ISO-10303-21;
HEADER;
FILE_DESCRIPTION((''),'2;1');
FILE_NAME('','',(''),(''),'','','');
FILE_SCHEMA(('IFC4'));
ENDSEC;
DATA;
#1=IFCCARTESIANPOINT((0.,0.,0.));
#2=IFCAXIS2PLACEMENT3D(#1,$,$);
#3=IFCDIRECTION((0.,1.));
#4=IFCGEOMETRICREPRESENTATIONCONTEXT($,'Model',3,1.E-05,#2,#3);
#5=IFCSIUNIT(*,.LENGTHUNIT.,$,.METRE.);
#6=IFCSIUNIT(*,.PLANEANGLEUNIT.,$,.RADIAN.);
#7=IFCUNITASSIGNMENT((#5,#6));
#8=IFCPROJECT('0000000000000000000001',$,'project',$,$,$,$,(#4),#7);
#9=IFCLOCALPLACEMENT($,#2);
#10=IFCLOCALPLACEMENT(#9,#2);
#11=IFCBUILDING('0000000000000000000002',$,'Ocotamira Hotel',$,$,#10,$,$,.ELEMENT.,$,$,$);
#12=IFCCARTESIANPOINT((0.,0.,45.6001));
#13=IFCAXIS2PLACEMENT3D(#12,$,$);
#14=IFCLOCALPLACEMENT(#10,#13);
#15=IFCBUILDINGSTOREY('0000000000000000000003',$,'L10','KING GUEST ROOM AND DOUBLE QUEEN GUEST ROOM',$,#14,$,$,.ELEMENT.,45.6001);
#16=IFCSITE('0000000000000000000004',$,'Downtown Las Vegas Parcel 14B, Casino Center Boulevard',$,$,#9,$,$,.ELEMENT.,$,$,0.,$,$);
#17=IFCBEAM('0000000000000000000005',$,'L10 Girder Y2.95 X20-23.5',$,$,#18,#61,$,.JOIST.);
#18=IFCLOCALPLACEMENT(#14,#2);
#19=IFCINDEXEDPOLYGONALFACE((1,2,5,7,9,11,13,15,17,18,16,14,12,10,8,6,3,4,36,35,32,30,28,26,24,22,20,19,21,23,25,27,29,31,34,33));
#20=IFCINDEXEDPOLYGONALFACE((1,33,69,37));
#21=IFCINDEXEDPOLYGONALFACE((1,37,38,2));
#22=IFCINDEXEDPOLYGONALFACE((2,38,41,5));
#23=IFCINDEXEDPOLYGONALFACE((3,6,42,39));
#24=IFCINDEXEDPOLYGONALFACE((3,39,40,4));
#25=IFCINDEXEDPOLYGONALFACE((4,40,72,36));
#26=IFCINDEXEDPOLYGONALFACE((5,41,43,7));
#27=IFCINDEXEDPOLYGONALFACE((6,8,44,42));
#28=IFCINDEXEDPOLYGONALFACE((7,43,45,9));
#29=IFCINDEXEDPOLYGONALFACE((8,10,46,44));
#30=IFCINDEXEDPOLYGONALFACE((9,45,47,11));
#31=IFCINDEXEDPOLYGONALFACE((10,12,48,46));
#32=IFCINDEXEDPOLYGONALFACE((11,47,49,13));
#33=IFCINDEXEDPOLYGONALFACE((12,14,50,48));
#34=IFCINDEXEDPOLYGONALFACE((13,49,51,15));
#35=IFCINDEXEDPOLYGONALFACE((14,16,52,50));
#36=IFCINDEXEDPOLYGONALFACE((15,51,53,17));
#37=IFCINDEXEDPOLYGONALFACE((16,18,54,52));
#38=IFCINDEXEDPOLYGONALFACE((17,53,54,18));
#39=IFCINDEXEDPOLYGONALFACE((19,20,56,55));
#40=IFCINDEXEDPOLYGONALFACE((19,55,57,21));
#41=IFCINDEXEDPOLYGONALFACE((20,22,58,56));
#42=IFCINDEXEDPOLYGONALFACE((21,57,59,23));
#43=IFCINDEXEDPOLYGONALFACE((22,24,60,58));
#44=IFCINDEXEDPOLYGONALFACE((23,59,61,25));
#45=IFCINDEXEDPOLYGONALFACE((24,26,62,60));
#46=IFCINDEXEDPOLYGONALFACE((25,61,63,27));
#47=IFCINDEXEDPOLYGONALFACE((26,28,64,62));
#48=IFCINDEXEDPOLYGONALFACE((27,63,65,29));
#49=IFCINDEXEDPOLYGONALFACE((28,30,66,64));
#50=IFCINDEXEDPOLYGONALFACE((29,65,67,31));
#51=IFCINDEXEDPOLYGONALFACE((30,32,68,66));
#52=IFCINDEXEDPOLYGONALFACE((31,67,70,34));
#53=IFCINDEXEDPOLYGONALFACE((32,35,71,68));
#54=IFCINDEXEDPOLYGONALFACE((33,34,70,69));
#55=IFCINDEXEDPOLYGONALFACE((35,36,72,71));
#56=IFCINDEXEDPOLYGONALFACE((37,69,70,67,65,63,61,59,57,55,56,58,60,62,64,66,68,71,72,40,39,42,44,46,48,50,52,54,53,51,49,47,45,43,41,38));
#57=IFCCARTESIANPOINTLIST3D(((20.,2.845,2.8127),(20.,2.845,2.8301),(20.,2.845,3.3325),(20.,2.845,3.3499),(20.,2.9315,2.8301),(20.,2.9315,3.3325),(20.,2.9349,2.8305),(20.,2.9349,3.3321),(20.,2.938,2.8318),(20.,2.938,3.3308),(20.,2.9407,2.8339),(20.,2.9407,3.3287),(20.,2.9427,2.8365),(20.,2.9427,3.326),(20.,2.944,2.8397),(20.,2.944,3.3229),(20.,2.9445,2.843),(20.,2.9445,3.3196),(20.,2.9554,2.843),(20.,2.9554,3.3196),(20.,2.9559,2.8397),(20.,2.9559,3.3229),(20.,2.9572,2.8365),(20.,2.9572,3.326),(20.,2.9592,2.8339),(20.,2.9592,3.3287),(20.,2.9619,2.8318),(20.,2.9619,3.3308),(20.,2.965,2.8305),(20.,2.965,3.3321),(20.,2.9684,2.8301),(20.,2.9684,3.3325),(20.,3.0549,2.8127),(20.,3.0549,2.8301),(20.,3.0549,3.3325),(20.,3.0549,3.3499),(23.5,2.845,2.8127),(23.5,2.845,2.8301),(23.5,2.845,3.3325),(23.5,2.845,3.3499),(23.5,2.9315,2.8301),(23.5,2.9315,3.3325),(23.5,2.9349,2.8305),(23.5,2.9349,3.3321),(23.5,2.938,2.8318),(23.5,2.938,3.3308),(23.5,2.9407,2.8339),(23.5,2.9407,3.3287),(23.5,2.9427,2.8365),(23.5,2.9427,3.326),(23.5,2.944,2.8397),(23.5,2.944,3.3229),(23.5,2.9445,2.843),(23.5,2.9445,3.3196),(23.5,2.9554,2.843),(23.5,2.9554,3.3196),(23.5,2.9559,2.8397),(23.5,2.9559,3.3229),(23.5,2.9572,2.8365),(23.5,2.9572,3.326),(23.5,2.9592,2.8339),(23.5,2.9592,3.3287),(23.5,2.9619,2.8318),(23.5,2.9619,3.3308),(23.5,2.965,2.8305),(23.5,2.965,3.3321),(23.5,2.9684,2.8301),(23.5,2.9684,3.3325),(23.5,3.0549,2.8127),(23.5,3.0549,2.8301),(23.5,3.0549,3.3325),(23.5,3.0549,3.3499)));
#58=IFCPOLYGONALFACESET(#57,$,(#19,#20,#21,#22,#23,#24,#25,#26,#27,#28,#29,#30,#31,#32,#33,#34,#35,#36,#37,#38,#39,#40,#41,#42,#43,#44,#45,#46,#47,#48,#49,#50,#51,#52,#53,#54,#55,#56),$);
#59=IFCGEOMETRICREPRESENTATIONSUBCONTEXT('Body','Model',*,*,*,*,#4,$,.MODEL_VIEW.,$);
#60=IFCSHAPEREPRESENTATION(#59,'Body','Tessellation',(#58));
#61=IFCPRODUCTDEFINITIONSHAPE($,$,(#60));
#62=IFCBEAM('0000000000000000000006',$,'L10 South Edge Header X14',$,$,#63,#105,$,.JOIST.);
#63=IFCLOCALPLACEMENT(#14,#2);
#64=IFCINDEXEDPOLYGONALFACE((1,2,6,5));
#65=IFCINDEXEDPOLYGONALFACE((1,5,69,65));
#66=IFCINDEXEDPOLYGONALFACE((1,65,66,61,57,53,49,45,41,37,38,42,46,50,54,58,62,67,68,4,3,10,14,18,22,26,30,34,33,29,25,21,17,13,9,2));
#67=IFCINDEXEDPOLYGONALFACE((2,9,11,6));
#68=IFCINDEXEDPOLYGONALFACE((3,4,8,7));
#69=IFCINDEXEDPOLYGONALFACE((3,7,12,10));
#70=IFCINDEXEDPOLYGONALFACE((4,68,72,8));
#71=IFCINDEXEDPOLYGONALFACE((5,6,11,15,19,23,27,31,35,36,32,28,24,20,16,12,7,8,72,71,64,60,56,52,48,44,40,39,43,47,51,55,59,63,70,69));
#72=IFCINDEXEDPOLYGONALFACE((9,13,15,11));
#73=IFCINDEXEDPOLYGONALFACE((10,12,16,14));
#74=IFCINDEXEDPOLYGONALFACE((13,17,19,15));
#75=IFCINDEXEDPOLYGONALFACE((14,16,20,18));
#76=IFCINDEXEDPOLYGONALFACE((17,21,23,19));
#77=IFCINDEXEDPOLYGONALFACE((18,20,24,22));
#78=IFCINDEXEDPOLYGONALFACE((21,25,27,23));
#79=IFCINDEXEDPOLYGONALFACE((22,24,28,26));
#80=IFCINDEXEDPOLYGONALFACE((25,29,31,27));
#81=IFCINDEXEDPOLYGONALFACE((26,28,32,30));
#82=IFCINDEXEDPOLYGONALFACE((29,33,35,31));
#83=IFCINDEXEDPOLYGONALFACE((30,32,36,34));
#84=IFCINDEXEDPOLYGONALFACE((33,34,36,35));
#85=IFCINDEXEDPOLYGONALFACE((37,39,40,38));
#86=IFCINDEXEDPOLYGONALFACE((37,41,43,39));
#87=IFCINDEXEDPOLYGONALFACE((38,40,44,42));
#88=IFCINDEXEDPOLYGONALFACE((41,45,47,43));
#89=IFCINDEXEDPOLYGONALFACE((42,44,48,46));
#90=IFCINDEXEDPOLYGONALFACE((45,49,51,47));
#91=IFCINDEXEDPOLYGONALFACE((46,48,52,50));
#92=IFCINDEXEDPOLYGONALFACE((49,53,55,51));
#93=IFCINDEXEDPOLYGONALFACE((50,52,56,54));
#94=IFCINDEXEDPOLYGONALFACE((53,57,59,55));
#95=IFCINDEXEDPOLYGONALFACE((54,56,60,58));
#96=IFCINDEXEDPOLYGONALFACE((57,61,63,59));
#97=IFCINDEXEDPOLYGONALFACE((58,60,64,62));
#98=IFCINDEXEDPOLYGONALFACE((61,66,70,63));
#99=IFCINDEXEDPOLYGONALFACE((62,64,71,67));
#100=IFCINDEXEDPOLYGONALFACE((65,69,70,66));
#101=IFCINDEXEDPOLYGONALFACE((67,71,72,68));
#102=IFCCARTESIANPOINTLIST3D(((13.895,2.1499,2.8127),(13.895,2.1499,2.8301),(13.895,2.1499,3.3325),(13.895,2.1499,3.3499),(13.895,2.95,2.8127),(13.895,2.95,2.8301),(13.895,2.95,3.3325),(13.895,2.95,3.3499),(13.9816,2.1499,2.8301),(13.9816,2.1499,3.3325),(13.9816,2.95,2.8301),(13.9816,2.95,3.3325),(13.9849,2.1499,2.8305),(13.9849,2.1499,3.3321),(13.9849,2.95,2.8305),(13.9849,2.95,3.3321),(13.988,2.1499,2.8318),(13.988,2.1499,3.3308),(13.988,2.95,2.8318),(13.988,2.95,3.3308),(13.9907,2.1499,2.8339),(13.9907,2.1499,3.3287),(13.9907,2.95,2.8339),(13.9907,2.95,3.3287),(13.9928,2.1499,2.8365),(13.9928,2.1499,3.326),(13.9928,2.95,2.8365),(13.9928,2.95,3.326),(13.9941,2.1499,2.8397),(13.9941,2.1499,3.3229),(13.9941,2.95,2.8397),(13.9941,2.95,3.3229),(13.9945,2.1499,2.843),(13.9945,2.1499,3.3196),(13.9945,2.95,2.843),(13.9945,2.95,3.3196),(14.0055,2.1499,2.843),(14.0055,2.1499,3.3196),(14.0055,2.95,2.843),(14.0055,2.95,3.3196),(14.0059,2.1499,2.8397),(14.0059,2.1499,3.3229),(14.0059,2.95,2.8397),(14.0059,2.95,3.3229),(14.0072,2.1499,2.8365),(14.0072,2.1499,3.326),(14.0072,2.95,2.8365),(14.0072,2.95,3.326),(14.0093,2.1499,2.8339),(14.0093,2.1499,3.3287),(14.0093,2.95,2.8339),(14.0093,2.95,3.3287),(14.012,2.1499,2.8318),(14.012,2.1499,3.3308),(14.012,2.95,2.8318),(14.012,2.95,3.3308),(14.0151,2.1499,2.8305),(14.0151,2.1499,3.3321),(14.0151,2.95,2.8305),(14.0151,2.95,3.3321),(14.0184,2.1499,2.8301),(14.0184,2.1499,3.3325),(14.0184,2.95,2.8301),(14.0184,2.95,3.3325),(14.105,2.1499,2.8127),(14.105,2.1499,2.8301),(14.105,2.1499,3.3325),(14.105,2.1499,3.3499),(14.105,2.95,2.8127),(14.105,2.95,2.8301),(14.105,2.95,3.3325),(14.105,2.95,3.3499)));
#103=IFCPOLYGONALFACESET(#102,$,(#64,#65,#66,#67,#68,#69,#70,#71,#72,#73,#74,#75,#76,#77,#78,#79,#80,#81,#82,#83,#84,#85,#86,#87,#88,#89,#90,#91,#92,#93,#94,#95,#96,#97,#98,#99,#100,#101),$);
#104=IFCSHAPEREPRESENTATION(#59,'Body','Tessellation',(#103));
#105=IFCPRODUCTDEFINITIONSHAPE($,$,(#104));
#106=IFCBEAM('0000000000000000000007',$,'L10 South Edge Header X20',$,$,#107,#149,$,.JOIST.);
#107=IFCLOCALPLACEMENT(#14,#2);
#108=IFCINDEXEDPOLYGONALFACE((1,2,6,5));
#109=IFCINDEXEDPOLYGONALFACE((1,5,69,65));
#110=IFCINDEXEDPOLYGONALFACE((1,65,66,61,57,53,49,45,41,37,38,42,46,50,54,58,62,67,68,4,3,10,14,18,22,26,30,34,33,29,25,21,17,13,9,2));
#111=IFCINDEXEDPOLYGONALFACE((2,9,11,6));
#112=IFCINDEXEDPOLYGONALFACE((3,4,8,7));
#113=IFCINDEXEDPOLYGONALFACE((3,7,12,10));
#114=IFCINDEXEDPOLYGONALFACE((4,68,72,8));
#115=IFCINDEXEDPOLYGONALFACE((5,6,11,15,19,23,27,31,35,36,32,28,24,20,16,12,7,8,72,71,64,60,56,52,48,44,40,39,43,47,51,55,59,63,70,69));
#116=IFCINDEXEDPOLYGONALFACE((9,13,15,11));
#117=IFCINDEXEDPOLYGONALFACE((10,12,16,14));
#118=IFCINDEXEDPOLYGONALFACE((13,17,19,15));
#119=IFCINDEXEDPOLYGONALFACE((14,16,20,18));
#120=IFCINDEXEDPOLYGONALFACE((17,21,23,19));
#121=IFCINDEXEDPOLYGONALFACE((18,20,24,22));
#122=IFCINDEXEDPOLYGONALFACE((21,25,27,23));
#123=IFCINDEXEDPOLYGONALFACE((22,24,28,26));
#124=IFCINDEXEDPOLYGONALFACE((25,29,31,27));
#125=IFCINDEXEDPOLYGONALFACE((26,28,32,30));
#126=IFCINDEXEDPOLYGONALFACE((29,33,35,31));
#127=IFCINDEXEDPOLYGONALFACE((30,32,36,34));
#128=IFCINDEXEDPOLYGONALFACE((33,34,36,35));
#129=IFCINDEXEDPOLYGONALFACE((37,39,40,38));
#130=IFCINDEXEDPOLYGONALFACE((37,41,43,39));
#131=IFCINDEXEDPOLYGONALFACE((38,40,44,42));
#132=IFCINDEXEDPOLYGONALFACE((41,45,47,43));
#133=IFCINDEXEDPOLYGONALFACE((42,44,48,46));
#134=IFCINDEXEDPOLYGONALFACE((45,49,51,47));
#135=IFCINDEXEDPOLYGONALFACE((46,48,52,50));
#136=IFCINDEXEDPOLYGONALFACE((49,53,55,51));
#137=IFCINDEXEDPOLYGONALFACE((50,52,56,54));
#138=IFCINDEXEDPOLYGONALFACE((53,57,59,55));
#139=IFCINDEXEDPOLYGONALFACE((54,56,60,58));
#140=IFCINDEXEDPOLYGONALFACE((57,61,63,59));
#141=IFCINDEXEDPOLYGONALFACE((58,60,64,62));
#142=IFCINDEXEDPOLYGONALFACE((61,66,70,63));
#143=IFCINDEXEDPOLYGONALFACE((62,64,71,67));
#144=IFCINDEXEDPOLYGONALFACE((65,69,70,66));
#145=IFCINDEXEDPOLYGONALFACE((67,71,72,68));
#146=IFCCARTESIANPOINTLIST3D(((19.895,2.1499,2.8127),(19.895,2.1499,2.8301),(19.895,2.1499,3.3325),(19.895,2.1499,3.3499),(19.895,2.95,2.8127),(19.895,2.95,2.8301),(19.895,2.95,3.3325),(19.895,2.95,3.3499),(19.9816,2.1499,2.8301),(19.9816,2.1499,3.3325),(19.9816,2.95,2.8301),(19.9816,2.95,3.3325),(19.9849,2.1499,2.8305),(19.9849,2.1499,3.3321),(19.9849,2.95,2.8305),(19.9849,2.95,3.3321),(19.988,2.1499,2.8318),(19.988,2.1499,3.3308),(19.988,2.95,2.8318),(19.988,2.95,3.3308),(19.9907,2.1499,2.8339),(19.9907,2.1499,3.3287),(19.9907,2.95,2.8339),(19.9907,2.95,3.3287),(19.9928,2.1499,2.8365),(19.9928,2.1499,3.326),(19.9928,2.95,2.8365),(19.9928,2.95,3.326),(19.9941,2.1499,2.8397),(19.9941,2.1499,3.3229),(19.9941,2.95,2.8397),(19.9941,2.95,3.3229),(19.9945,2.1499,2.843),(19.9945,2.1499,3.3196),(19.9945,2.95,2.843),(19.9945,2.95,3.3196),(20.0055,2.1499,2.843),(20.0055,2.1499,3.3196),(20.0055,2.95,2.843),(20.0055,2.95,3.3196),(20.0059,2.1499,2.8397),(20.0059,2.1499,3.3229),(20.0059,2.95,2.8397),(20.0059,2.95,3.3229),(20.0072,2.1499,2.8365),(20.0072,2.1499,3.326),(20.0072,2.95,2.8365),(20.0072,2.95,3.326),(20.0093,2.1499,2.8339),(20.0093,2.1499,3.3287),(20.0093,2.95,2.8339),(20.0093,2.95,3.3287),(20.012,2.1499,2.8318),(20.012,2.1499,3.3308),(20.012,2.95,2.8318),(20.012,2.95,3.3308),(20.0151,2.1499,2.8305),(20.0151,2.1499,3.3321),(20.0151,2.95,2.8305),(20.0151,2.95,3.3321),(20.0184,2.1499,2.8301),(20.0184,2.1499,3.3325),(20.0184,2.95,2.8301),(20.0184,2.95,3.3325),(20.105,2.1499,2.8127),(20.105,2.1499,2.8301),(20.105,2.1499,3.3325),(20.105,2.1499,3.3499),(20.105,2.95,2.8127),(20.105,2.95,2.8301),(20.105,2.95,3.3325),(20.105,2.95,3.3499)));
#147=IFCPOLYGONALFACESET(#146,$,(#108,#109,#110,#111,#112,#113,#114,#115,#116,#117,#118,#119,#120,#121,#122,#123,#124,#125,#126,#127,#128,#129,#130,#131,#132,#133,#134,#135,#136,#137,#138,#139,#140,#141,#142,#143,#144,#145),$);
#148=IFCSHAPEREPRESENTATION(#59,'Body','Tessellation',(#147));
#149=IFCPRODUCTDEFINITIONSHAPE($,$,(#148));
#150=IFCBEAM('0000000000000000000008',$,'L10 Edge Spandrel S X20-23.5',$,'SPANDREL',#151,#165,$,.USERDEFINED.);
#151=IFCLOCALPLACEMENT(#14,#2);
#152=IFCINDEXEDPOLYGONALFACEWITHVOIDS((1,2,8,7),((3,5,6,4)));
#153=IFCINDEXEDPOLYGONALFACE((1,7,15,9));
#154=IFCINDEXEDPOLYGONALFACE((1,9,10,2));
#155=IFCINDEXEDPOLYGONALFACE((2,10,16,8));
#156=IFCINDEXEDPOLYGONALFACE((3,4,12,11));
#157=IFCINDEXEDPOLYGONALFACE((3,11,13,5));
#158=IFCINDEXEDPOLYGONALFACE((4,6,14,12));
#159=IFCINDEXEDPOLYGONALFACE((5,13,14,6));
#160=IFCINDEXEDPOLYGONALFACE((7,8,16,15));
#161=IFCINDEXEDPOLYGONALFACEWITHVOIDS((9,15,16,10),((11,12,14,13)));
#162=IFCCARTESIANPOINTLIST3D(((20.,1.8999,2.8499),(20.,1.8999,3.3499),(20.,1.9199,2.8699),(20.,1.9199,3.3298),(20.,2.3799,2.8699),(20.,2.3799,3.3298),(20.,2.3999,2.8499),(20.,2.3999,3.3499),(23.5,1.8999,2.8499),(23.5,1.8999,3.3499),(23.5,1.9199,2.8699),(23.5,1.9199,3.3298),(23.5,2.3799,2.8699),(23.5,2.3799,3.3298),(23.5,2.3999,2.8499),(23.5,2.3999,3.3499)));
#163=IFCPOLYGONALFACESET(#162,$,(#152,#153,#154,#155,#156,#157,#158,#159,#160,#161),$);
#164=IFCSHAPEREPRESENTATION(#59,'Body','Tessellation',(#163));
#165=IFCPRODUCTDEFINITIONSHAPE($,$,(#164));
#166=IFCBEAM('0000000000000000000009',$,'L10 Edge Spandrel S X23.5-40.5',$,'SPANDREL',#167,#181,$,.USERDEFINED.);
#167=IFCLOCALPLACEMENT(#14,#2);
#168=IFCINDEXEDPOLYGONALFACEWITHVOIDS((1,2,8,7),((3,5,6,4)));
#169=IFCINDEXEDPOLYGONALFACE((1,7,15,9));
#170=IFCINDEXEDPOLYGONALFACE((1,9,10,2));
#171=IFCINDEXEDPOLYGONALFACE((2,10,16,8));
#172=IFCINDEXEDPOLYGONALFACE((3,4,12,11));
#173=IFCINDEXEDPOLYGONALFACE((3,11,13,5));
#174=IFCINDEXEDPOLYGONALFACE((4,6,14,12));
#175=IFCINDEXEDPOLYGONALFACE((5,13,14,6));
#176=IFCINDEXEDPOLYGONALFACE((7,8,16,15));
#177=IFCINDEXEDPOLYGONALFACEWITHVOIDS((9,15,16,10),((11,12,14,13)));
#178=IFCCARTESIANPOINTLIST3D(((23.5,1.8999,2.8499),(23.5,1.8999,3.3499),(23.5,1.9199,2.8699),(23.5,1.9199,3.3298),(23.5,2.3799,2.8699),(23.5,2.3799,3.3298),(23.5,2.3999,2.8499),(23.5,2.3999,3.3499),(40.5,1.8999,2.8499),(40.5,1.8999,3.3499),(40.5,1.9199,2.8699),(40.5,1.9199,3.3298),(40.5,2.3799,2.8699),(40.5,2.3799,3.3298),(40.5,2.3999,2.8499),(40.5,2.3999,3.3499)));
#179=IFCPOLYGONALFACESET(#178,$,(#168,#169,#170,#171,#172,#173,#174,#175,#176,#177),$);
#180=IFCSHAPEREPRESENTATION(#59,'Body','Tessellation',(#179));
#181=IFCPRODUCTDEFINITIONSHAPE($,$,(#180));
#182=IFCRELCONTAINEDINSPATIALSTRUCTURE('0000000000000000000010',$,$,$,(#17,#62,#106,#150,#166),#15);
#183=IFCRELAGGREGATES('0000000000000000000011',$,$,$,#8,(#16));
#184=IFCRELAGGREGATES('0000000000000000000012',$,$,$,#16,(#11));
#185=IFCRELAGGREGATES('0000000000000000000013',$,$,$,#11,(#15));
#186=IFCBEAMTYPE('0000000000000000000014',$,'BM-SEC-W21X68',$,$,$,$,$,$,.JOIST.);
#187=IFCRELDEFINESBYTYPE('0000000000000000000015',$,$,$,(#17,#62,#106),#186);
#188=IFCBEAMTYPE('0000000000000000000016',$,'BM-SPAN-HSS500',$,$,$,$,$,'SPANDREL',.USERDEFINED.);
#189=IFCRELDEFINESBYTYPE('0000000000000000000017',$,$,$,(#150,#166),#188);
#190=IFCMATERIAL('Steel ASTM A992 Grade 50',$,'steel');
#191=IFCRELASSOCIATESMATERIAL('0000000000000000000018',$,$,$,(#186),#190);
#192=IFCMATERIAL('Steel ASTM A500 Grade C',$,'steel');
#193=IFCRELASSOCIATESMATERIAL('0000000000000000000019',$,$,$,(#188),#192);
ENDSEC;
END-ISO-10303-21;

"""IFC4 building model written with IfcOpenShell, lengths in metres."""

from ifc_helpers import new_model, si_unit, direction, frame, origin, origin_2d, place, context, subcontext, project, spatial, hollow_rectangle, i_section, extrude, source, transform, mapped, material, material_profile, profile_set, type_object, element, save


model = new_model("IFC4")

# Units and contexts
model_context = context("Model", 3, precision=1e-05, world=origin(), true_north=direction((0.0, 1.0)))
body_context = subcontext(model_context, "Body", "Model", "MODEL_VIEW")
ifc_project = project(units=[si_unit("LENGTHUNIT", "METRE"), si_unit("PLANEANGLEUNIT", "RADIAN")], contexts=[model_context])

# Site, building, storey
site_placement = place(None, origin())
site = spatial("IfcSite", under=ifc_project, at=site_placement, Name="Downtown Las Vegas Parcel 14B, Casino Center Boulevard", CompositionType="ELEMENT", RefElevation=0.0)
building_placement = place(site_placement, origin())
building = spatial("IfcBuilding", under=site, at=building_placement, Name="Ocotamira Hotel", CompositionType="ELEMENT")
storey_placement = place(building_placement, frame((0.0, 0.0, 45.6001)))
storey = spatial("IfcBuildingStorey", under=building, at=storey_placement, Name="L10", Description="KING GUEST ROOM AND DOUBLE QUEEN GUEST ROOM", CompositionType="ELEMENT", Elevation=45.6001)

# Beams
ifc_material_1 = material(Name="Steel ASTM A992 Grade 50", Category="steel")
ifc_material_profile_1 = material_profile(ifc_material_1, i_section(OverallWidth=0.21, OverallDepth=0.5371, WebThickness=0.011, FlangeThickness=0.0173, FilletRadius=0.0129, at=origin_2d()), Name="W21X68")
ifc_profile_set_1 = profile_set([ifc_material_profile_1], Name="Steel ASTM A992 Grade 50")
beam_type_1 = type_object("IfcBeamType", Name="BM-SEC-W21X68", PredefinedType="JOIST", material=ifc_profile_set_1)
shared_shape_1 = source(origin(), body_context, "Body", "SweptSolid", [
    extrude(i_section(OverallWidth=0.21, OverallDepth=0.5371, WebThickness=0.011, FlangeThickness=0.0173, FilletRadius=0.0129, at=origin_2d()), origin(), (0.0, 0.0, 1.0), 3.5),
])
beam_1_placement = place(storey_placement, frame((20.0, 2.95, 3.0813), z_axis=(1.0, 0.0, 0.0), x_axis=(0.0, 1.0, 0.0)))
element("IfcBeam", 1, at=beam_1_placement, inside=storey, type_object=beam_type_1, Name="L10 Girder Y2.95 X20-23.5", PredefinedType="JOIST", context=body_context, shape_type="MappedRepresentation", body=[
    mapped(shared_shape_1, transform((0.0, 0.0, 0.0), scale=1.0)),
])
shared_shape_2 = source(origin(), body_context, "Body", "SweptSolid", [
    extrude(i_section(OverallWidth=0.21, OverallDepth=0.5371, WebThickness=0.011, FlangeThickness=0.0173, FilletRadius=0.0129, at=origin_2d()), origin(), (0.0, 0.0, 1.0), 0.8),
])
for number, where, z_axis, x_axis, name in (
    (2, (14.0, 2.95, 3.0813), (0.0, -1.0, 0.0), (1.0, 0.0, 0.0), "L10 South Edge Header X14"),
    (3, (20.0, 2.95, 3.0813), (0.0, -1.0, 0.0), (1.0, 0.0, 0.0), "L10 South Edge Header X20"),
):
    element("IfcBeam", number, at=place(storey_placement, frame(where, z_axis=z_axis, x_axis=x_axis)), inside=storey, type_object=beam_type_1, Name=name, PredefinedType="JOIST", context=body_context, shape_type="MappedRepresentation", body=[
        mapped(shared_shape_2, transform((0.0, 0.0, 0.0), scale=1.0)),
    ])
ifc_material_2 = material(Name="Steel ASTM A500 Grade C", Category="steel")
ifc_material_profile_2 = material_profile(ifc_material_2, hollow_rectangle(XDim=0.5, YDim=0.5, WallThickness=0.02, at=origin_2d()), Name="HSS500X500X20")
ifc_profile_set_2 = profile_set([ifc_material_profile_2], Name="Steel ASTM A500 Grade C")
beam_type_2 = type_object("IfcBeamType", Name="BM-SPAN-HSS500", ElementType="SPANDREL", PredefinedType="USERDEFINED", material=ifc_profile_set_2)
shared_shape_3 = source(origin(), body_context, "Body", "SweptSolid", [
    extrude(hollow_rectangle(XDim=0.5, YDim=0.5, WallThickness=0.02, at=origin_2d()), origin(), (0.0, 0.0, 1.0), 3.5),
])
beam_2_placement = place(storey_placement, frame((20.0, 2.1499, 3.0999), z_axis=(1.0, 0.0, 0.0), x_axis=(0.0, 1.0, 0.0)))
element("IfcBeam", 4, at=beam_2_placement, inside=storey, type_object=beam_type_2, Name="L10 Edge Spandrel S X20-23.5", ObjectType="SPANDREL", PredefinedType="USERDEFINED", context=body_context, shape_type="MappedRepresentation", body=[
    mapped(shared_shape_3, transform((0.0, 0.0, 0.0), scale=1.0)),
])
shared_shape_4 = source(origin(), body_context, "Body", "SweptSolid", [
    extrude(hollow_rectangle(XDim=0.5, YDim=0.5, WallThickness=0.02, at=origin_2d()), origin(), (0.0, 0.0, 1.0), 17.0),
])
beam_3_placement = place(storey_placement, frame((23.5, 2.1499, 3.0999), z_axis=(1.0, 0.0, 0.0), x_axis=(0.0, 1.0, 0.0)))
element("IfcBeam", 5, at=beam_3_placement, inside=storey, type_object=beam_type_2, Name="L10 Edge Spandrel S X23.5-40.5", ObjectType="SPANDREL", PredefinedType="USERDEFINED", context=body_context, shape_type="MappedRepresentation", body=[
    mapped(shared_shape_4, transform((0.0, 0.0, 0.0), scale=1.0)),
])

save(model, "model.ifc")
